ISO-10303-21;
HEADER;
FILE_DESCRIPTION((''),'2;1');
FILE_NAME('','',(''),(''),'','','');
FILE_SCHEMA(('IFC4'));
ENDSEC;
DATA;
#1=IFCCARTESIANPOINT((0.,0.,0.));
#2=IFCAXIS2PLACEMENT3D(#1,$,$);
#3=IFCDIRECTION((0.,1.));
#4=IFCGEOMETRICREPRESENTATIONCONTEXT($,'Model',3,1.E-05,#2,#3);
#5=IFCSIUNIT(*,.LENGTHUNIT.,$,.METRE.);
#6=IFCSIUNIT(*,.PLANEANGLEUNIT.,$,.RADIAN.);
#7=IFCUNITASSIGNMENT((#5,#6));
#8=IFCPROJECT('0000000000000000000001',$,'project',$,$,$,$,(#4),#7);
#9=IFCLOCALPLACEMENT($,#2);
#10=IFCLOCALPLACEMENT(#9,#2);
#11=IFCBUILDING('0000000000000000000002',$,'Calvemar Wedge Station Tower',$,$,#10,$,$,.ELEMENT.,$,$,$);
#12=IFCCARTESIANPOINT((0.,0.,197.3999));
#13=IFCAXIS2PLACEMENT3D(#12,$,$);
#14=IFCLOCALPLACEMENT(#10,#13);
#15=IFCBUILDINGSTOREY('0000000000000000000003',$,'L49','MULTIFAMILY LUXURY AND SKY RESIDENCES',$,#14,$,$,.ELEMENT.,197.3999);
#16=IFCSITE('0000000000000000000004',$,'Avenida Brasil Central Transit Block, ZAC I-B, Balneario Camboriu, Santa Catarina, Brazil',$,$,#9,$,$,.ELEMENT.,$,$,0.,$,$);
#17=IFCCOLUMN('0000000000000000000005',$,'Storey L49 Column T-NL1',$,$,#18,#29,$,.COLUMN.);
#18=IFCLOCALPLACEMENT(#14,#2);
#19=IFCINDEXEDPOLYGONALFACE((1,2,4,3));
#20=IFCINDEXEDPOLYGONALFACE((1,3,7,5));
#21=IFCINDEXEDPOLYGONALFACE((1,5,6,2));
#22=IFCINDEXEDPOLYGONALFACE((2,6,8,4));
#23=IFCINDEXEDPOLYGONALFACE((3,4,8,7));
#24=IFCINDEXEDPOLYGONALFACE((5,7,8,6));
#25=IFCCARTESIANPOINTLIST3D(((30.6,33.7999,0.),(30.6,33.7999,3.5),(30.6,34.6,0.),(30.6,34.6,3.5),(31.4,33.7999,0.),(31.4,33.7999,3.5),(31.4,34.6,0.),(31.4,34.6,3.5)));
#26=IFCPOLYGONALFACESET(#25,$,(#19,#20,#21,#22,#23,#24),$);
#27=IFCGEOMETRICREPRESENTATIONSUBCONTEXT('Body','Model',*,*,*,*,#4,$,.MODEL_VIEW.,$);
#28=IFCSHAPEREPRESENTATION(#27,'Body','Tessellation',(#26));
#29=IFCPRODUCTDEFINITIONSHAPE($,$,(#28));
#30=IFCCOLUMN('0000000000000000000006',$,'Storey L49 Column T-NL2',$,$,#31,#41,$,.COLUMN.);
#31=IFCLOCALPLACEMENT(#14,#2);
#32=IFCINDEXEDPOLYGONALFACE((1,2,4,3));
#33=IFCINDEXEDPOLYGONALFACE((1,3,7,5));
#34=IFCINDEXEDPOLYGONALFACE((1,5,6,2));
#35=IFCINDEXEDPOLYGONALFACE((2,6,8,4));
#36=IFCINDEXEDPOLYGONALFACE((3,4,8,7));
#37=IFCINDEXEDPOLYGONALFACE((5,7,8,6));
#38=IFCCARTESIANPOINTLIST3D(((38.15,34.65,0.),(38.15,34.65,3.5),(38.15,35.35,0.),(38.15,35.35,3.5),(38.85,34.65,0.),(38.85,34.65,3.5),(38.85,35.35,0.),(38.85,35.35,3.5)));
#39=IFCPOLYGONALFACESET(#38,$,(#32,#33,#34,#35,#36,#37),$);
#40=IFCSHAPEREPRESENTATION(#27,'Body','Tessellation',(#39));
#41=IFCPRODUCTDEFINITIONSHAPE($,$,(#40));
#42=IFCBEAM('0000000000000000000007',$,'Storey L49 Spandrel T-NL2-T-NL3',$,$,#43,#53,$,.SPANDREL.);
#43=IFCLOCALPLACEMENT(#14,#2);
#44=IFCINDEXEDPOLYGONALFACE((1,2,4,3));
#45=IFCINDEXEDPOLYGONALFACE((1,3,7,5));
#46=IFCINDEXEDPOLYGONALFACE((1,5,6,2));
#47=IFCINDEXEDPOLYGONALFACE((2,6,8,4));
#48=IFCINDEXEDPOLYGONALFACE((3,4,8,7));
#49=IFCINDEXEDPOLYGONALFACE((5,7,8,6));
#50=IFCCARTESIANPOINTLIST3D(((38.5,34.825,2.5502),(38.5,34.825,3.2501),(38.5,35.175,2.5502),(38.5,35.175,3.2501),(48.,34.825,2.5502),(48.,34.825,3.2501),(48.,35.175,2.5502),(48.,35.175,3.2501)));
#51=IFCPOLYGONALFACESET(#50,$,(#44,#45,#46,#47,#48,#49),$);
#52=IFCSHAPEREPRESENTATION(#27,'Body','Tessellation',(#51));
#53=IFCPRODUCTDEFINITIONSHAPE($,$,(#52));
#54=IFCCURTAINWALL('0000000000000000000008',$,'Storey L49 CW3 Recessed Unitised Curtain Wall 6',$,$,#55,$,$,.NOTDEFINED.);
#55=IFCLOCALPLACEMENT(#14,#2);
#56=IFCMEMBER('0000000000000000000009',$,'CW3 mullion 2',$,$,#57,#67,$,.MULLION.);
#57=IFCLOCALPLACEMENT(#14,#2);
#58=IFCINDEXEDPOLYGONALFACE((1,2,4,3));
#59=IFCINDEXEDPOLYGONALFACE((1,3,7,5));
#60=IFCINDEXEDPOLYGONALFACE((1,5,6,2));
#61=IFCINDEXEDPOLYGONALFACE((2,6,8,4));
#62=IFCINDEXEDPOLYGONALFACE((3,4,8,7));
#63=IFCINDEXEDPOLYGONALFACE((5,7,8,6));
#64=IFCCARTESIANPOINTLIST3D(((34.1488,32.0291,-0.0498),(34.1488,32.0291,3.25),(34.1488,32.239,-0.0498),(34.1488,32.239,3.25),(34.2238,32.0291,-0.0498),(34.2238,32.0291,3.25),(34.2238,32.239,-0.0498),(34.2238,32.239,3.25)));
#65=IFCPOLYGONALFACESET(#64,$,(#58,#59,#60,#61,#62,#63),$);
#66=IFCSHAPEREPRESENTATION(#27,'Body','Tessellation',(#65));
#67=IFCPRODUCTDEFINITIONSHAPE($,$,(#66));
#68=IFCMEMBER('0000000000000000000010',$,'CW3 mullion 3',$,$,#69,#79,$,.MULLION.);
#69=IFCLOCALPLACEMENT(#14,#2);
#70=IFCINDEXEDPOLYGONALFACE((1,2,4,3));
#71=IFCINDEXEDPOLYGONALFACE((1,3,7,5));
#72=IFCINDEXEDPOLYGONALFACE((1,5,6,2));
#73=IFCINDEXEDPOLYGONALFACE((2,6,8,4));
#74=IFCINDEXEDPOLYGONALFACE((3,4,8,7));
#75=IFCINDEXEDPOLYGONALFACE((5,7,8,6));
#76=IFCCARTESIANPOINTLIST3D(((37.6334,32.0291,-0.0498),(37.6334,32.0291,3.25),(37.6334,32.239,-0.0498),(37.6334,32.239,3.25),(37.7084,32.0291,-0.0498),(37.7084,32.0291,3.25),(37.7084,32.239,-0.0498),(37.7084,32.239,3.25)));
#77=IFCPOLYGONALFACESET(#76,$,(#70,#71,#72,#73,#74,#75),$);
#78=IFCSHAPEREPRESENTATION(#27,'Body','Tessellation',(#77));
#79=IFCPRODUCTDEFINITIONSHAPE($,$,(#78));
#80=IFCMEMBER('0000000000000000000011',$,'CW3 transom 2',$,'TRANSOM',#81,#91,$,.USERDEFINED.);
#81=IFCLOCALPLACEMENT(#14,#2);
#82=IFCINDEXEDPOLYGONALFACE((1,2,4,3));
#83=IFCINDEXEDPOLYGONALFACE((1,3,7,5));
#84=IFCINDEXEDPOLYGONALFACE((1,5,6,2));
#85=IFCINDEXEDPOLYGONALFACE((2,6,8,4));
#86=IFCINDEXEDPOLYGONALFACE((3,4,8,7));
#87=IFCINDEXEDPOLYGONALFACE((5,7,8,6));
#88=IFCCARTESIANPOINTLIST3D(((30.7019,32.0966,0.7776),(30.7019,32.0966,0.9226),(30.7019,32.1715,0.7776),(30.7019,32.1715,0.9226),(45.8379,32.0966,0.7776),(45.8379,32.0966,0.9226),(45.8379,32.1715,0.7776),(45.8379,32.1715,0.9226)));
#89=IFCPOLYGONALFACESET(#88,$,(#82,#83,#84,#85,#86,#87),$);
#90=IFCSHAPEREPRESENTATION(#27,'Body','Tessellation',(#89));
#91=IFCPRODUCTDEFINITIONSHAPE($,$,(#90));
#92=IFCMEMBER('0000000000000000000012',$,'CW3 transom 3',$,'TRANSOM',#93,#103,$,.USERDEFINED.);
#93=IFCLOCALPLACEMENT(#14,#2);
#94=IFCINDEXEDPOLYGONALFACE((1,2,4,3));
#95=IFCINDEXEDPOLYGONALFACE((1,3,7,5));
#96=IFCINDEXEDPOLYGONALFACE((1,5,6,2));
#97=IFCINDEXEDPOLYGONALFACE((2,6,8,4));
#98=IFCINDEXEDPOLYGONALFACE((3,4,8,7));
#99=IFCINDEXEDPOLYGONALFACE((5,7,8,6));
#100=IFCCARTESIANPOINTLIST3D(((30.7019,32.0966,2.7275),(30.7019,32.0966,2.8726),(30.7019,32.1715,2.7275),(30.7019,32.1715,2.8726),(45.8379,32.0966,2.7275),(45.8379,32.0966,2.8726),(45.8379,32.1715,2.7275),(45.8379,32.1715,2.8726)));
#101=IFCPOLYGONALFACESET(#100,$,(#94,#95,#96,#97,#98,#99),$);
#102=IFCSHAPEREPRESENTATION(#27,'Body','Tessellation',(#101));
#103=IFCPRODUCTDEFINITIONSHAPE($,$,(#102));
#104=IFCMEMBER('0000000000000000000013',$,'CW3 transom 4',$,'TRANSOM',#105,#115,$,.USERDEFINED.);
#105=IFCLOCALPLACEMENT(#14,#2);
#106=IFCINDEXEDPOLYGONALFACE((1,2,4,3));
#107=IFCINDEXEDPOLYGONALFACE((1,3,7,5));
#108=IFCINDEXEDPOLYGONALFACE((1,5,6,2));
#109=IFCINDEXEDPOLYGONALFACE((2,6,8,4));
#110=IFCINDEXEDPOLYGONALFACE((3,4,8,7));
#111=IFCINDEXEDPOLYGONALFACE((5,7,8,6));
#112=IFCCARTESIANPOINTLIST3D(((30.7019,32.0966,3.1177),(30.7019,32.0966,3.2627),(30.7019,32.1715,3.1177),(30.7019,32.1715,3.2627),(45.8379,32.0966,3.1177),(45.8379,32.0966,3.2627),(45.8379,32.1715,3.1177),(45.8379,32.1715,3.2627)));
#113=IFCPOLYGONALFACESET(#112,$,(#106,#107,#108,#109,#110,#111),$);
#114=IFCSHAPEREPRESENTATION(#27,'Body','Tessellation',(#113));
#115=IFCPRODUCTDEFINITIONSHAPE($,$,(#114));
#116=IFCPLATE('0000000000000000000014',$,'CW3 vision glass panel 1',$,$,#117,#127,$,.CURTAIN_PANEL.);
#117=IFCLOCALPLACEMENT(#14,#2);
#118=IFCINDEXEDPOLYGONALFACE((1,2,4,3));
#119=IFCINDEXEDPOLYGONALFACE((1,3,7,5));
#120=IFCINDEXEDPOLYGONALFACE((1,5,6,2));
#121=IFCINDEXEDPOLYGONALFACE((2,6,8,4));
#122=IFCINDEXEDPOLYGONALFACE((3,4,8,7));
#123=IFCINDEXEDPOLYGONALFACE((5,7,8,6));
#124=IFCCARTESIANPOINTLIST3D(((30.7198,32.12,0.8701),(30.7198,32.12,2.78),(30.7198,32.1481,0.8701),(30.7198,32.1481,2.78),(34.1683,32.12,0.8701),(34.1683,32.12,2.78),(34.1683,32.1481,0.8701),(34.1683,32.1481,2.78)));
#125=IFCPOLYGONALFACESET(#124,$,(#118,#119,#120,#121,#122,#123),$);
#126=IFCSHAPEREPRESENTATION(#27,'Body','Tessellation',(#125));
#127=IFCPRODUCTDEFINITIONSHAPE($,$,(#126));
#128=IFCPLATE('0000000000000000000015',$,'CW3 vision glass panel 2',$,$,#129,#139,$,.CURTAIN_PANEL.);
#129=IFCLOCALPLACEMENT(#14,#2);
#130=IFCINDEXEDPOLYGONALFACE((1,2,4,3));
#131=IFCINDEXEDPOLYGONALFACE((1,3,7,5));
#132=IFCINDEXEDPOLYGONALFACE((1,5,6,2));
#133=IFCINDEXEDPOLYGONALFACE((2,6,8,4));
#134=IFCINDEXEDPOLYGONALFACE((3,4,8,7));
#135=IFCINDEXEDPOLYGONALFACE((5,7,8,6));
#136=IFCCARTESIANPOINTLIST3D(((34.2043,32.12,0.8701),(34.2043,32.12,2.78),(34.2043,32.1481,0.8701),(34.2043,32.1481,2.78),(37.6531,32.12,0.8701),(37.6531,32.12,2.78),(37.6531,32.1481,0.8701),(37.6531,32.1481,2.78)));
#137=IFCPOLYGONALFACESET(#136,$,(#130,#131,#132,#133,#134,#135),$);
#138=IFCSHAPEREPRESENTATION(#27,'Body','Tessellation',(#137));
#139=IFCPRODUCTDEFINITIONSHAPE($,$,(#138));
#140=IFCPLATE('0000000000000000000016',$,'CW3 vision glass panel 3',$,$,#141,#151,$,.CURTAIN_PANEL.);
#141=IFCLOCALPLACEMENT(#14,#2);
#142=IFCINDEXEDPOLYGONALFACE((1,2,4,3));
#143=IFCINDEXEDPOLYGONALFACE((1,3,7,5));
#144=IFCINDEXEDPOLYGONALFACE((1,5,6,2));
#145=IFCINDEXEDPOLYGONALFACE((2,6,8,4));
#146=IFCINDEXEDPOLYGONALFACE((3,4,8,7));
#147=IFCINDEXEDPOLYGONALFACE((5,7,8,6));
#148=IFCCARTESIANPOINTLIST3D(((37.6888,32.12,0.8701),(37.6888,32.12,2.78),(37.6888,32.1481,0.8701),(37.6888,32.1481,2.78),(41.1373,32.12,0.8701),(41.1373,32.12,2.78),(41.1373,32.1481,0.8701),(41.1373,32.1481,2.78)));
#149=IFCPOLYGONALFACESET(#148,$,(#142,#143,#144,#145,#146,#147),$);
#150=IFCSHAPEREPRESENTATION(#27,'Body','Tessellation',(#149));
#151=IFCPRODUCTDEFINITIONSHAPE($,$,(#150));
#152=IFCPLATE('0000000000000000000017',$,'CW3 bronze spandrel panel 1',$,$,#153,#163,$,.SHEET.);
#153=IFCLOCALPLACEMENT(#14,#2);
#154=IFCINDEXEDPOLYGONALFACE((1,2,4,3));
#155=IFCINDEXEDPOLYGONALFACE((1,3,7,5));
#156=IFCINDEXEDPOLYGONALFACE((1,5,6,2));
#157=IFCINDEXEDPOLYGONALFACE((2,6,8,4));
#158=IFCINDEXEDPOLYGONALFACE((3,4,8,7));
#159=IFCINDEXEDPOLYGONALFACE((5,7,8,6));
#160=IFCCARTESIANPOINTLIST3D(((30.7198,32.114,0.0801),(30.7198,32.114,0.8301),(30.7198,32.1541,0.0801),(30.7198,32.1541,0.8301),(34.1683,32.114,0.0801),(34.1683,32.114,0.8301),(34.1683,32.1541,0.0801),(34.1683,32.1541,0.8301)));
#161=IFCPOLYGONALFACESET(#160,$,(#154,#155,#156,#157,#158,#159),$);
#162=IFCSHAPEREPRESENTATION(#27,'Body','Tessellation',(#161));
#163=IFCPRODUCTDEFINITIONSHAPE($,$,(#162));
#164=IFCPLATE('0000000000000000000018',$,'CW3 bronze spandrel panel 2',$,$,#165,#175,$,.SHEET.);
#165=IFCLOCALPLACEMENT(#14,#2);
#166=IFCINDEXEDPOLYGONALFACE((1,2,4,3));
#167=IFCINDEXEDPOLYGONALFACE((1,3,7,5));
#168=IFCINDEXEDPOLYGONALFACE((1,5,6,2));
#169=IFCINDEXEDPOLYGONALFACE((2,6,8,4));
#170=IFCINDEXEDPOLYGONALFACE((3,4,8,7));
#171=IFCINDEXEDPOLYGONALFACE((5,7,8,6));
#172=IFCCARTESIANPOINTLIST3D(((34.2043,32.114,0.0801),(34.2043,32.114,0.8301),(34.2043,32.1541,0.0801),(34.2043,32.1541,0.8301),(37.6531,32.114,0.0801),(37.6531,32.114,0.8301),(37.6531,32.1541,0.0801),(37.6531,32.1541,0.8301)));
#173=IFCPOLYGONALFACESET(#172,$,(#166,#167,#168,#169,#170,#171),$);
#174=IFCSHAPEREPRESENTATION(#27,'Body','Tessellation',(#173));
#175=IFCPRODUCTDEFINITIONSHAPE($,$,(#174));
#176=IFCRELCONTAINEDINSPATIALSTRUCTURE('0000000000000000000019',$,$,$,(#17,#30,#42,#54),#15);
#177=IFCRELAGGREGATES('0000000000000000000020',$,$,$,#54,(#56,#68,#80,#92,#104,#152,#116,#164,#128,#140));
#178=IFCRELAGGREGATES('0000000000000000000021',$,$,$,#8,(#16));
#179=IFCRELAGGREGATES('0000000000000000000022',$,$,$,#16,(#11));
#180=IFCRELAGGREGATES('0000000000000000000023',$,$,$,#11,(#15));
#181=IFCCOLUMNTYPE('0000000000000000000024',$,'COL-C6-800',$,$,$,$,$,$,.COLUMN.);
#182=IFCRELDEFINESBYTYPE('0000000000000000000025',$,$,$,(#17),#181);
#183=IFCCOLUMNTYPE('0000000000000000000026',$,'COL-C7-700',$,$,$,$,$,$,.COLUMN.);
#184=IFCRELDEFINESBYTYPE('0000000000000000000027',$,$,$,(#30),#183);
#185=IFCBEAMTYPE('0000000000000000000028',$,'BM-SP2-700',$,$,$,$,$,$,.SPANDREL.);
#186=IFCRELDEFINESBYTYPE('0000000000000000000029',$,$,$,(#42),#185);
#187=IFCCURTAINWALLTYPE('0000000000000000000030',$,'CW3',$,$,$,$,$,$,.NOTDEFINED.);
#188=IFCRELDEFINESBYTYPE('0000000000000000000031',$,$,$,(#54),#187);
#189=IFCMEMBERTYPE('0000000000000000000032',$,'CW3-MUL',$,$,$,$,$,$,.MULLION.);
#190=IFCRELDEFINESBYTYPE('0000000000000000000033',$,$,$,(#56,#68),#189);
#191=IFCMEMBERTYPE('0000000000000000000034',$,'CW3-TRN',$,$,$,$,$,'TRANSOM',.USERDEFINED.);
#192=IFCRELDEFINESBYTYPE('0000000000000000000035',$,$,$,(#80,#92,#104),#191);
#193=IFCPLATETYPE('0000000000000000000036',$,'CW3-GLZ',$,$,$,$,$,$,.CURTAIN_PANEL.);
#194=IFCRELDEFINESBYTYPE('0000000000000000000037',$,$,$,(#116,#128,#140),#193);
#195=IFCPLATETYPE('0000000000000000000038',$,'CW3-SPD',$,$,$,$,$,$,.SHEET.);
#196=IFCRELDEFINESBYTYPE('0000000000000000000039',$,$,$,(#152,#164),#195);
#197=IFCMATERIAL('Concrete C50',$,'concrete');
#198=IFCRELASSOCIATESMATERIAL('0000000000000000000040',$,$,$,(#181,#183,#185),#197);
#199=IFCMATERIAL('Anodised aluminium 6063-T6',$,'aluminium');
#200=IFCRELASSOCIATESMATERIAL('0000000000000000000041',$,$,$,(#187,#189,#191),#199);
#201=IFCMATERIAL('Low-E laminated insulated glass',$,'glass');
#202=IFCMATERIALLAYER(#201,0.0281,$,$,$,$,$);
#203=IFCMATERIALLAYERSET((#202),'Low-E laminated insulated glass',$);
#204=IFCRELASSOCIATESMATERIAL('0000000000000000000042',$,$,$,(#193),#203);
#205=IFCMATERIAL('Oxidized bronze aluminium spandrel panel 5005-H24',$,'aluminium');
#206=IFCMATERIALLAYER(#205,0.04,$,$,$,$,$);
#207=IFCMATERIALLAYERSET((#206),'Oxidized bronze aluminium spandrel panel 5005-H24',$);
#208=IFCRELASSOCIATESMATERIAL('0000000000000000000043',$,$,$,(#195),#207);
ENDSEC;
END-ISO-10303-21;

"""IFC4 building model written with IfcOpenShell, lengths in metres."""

from ifc_helpers import new_model, si_unit, direction, frame, frame_2d, origin, origin_2d, place, context, subcontext, project, spatial, rectangle, extrude, source, transform, mapped, material, layer, layer_set, material_profile, profile_set, type_object, element, aggregate, save


model = new_model("IFC4")

# Units and contexts
model_context = context("Model", 3, precision=1e-05, world=origin(), true_north=direction((0.0, 1.0)))
body_context = subcontext(model_context, "Body", "Model", "MODEL_VIEW")
ifc_project = project(units=[si_unit("LENGTHUNIT", "METRE"), si_unit("PLANEANGLEUNIT", "RADIAN")], contexts=[model_context])

# Site, building, storey
site_placement = place(None, origin())
site = spatial("IfcSite", under=ifc_project, at=site_placement, Name="Avenida Brasil Central Transit Block, ZAC I-B, Balneario Camboriu, Santa Catarina, Brazil", CompositionType="ELEMENT", RefElevation=0.0)
building_placement = place(site_placement, origin())
building = spatial("IfcBuilding", under=site, at=building_placement, Name="Calvemar Wedge Station Tower", CompositionType="ELEMENT")
storey_placement = place(building_placement, frame((0.0, 0.0, 197.3999)))
storey = spatial("IfcBuildingStorey", under=building, at=storey_placement, Name="L49", Description="MULTIFAMILY LUXURY AND SKY RESIDENCES", CompositionType="ELEMENT", Elevation=197.3999)

# Columns
ifc_material_1 = material(Name="Concrete C50", Category="concrete")
ifc_material_profile_1 = material_profile(ifc_material_1, rectangle(XDim=0.8, YDim=0.8, at=origin_2d()), Name="RC800x800")
ifc_profile_set_1 = profile_set([ifc_material_profile_1], Name="Concrete C50")
column_type_1 = type_object("IfcColumnType", Name="COL-C6-800", PredefinedType="COLUMN", material=ifc_profile_set_1)
shared_shape_1 = source(origin(), body_context, "Body", "SweptSolid", [
    extrude(rectangle(XDim=0.8, YDim=0.8, at=origin_2d()), origin(), (0.0, 0.0, 1.0), 3.5),
])
column_1_placement = place(storey_placement, frame((31.0, 34.2, 0.0), z_axis=(0.0, 0.0, 1.0), x_axis=(1.0, 0.0, 0.0)))
element("IfcColumn", 1, at=column_1_placement, inside=storey, type_object=column_type_1, Name="Storey L49 Column T-NL1", PredefinedType="COLUMN", context=body_context, shape_type="MappedRepresentation", body=[
    mapped(shared_shape_1, transform((0.0, 0.0, 0.0), scale=1.0)),
])
ifc_material_profile_2 = material_profile(ifc_material_1, rectangle(XDim=0.7, YDim=0.7, at=origin_2d()), Name="RC700x700")
ifc_profile_set_2 = profile_set([ifc_material_profile_2], Name="Concrete C50")
column_type_2 = type_object("IfcColumnType", Name="COL-C7-700", PredefinedType="COLUMN", material=ifc_profile_set_2)
shared_shape_2 = source(origin(), body_context, "Body", "SweptSolid", [
    extrude(rectangle(XDim=0.7, YDim=0.7, at=origin_2d()), origin(), (0.0, 0.0, 1.0), 3.5),
])
column_2_placement = place(storey_placement, frame((38.5, 35.0, 0.0), z_axis=(0.0, 0.0, 1.0), x_axis=(1.0, 0.0, 0.0)))
element("IfcColumn", 2, at=column_2_placement, inside=storey, type_object=column_type_2, Name="Storey L49 Column T-NL2", PredefinedType="COLUMN", context=body_context, shape_type="MappedRepresentation", body=[
    mapped(shared_shape_2, transform((0.0, 0.0, 0.0), scale=1.0)),
])

# Beam
ifc_material_profile_3 = material_profile(ifc_material_1, rectangle(XDim=0.3501, YDim=0.7, at=origin_2d()), Name="RC350x700")
ifc_profile_set_3 = profile_set([ifc_material_profile_3], Name="Concrete C50")
beam_type = type_object("IfcBeamType", Name="BM-SP2-700", PredefinedType="SPANDREL", material=ifc_profile_set_3)
shared_shape_3 = source(origin(), body_context, "Body", "SweptSolid", [
    extrude(rectangle(XDim=0.3501, YDim=0.7, at=origin_2d()), origin(), (0.0, 0.0, 1.0), 9.5),
])
beam_placement = place(storey_placement, frame((38.5, 35.0, 2.9001), z_axis=(1.0, 0.0, 0.0), x_axis=(0.0, 1.0, 0.0)))
element("IfcBeam", 3, at=beam_placement, inside=storey, type_object=beam_type, Name="Storey L49 Spandrel T-NL2-T-NL3", PredefinedType="SPANDREL", context=body_context, shape_type="MappedRepresentation", body=[
    mapped(shared_shape_3, transform((0.0, 0.0, 0.0), scale=1.0)),
])

# Curtain wall, members, plates
ifc_material_2 = material(Name="Anodised aluminium 6063-T6", Category="aluminium")
curtain_wall_type = type_object("IfcCurtainWallType", Name="CW3", PredefinedType="NOTDEFINED", material=ifc_material_2)
curtain_wall_placement = place(storey_placement, origin())
curtain_wall = element("IfcCurtainWall", 4, at=curtain_wall_placement, inside=storey, type_object=curtain_wall_type, Name="Storey L49 CW3 Recessed Unitised Curtain Wall 6", PredefinedType="NOTDEFINED")
ifc_material_profile_4 = material_profile(ifc_material_2, rectangle(XDim=0.075, YDim=0.21, at=origin_2d()), Name="AL-MUL-75x210")
ifc_profile_set_4 = profile_set([ifc_material_profile_4], Name="Anodised aluminium 6063-T6")
member_type_1 = type_object("IfcMemberType", Name="CW3-MUL", PredefinedType="MULLION", material=ifc_profile_set_4)
shared_shape_4 = source(origin(), body_context, "Body", "SweptSolid", [
    extrude(rectangle(XDim=0.075, YDim=0.21, at=origin_2d()), origin(), (0.0, 0.0, 1.0), 3.2998),
])
member_1_placement = place(storey_placement, frame((34.1863, 32.134, -0.0498), z_axis=(0.0, 0.0, 1.0), x_axis=(1.0, 0.0, 0.0)))
member_1 = element("IfcMember", 5, at=member_1_placement, type_object=member_type_1, Name="CW3 mullion 2", PredefinedType="MULLION", context=body_context, shape_type="MappedRepresentation", body=[
    mapped(shared_shape_4, transform((0.0, 0.0, 0.0), scale=1.0)),
])
member_2_placement = place(storey_placement, frame((37.6709, 32.134, -0.0498), z_axis=(0.0, 0.0, 1.0), x_axis=(1.0, 0.0, 0.0)))
member_2 = element("IfcMember", 6, at=member_2_placement, type_object=member_type_1, Name="CW3 mullion 3", PredefinedType="MULLION", context=body_context, shape_type="MappedRepresentation", body=[
    mapped(shared_shape_4, transform((0.0, 0.0, 0.0), scale=1.0)),
])
ifc_material_profile_5 = material_profile(ifc_material_2, rectangle(XDim=0.075, YDim=0.145, at=origin_2d()), Name="AL-TRN-75x145")
ifc_profile_set_5 = profile_set([ifc_material_profile_5], Name="Anodised aluminium 6063-T6")
member_type_2 = type_object("IfcMemberType", Name="CW3-TRN", ElementType="TRANSOM", PredefinedType="USERDEFINED", material=ifc_profile_set_5)
shared_shape_5 = source(origin(), body_context, "Body", "SweptSolid", [
    extrude(rectangle(XDim=0.075, YDim=0.145, at=origin_2d()), origin(), (0.0, 0.0, 1.0), 15.136),
])
member_3_placement = place(storey_placement, frame((30.7019, 32.134, 0.8501), z_axis=(1.0, 0.0, 0.0), x_axis=(0.0, 1.0, 0.0)))
member_3 = element("IfcMember", 7, at=member_3_placement, type_object=member_type_2, Name="CW3 transom 2", ObjectType="TRANSOM", PredefinedType="USERDEFINED", context=body_context, shape_type="MappedRepresentation", body=[
    mapped(shared_shape_5, transform((0.0, 0.0, 0.0), scale=1.0)),
])
member_4_placement = place(storey_placement, frame((30.7019, 32.134, 2.8), z_axis=(1.0, 0.0, 0.0), x_axis=(0.0, 1.0, 0.0)))
member_4 = element("IfcMember", 8, at=member_4_placement, type_object=member_type_2, Name="CW3 transom 3", ObjectType="TRANSOM", PredefinedType="USERDEFINED", context=body_context, shape_type="MappedRepresentation", body=[
    mapped(shared_shape_5, transform((0.0, 0.0, 0.0), scale=1.0)),
])
member_5_placement = place(storey_placement, frame((30.7019, 32.134, 3.1902), z_axis=(1.0, 0.0, 0.0), x_axis=(0.0, 1.0, 0.0)))
member_5 = element("IfcMember", 9, at=member_5_placement, type_object=member_type_2, Name="CW3 transom 4", ObjectType="TRANSOM", PredefinedType="USERDEFINED", context=body_context, shape_type="MappedRepresentation", body=[
    mapped(shared_shape_5, transform((0.0, 0.0, 0.0), scale=1.0)),
])
ifc_material_3 = material(Name="Low-E laminated insulated glass", Category="glass")
ifc_layer_1 = layer(ifc_material_3, 0.0281)
ifc_layer_set_1 = layer_set([ifc_layer_1], Name="Low-E laminated insulated glass")
plate_type_1 = type_object("IfcPlateType", Name="CW3-GLZ", PredefinedType="CURTAIN_PANEL", material=ifc_layer_set_1)
plate_1_placement = place(storey_placement, frame((30.72, 32.134, 0.8701), z_axis=(0.0, 0.0, 1.0), x_axis=(1.0, 0.0, 0.0)))
plate_1 = element("IfcPlate", 10, at=plate_1_placement, type_object=plate_type_1, Name="CW3 vision glass panel 1", PredefinedType="CURTAIN_PANEL", context=body_context, shape_type="SweptSolid", body=[
    extrude(rectangle(XDim=3.4485, YDim=0.0281, at=frame_2d((1.7241, 0.0))), origin(), (0.0, 0.0, 1.0), 1.9099),
])
plate_2_placement = place(storey_placement, frame((34.2043, 32.134, 0.8701), z_axis=(0.0, 0.0, 1.0), x_axis=(1.0, 0.0, 0.0)))
plate_2 = element("IfcPlate", 11, at=plate_2_placement, type_object=plate_type_1, Name="CW3 vision glass panel 2", PredefinedType="CURTAIN_PANEL", context=body_context, shape_type="SweptSolid", body=[
    extrude(rectangle(XDim=3.4487, YDim=0.0281, at=frame_2d((1.7244, 0.0))), origin(), (0.0, 0.0, 1.0), 1.9099),
])
plate_3_placement = place(storey_placement, frame((37.689, 32.134, 0.8701), z_axis=(0.0, 0.0, 1.0), x_axis=(1.0, 0.0, 0.0)))
plate_3 = element("IfcPlate", 12, at=plate_3_placement, type_object=plate_type_1, Name="CW3 vision glass panel 3", PredefinedType="CURTAIN_PANEL", context=body_context, shape_type="SweptSolid", body=[
    extrude(rectangle(XDim=3.4485, YDim=0.0281, at=frame_2d((1.7241, 0.0))), origin(), (0.0, 0.0, 1.0), 1.9099),
])
ifc_material_4 = material(Name="Oxidized bronze aluminium spandrel panel 5005-H24", Category="aluminium")
ifc_layer_2 = layer(ifc_material_4, 0.04)
ifc_layer_set_2 = layer_set([ifc_layer_2], Name="Oxidized bronze aluminium spandrel panel 5005-H24")
plate_type_2 = type_object("IfcPlateType", Name="CW3-SPD", PredefinedType="SHEET", material=ifc_layer_set_2)
plate_4_placement = place(storey_placement, frame((30.72, 32.134, 0.0801), z_axis=(0.0, 0.0, 1.0), x_axis=(1.0, 0.0, 0.0)))
plate_4 = element("IfcPlate", 13, at=plate_4_placement, type_object=plate_type_2, Name="CW3 bronze spandrel panel 1", PredefinedType="SHEET", context=body_context, shape_type="SweptSolid", body=[
    extrude(rectangle(XDim=3.4485, YDim=0.04, at=frame_2d((1.7241, 0.0))), origin(), (0.0, 0.0, 1.0), 0.75),
])
plate_5_placement = place(storey_placement, frame((34.2043, 32.134, 0.0801), z_axis=(0.0, 0.0, 1.0), x_axis=(1.0, 0.0, 0.0)))
plate_5 = element("IfcPlate", 14, at=plate_5_placement, type_object=plate_type_2, Name="CW3 bronze spandrel panel 2", PredefinedType="SHEET", context=body_context, shape_type="SweptSolid", body=[
    extrude(rectangle(XDim=3.4487, YDim=0.04, at=frame_2d((1.7244, 0.0))), origin(), (0.0, 0.0, 1.0), 0.75),
])
aggregate(curtain_wall, [member_1, member_2, member_3, member_4, member_5, plate_4, plate_1, plate_5, plate_2, plate_3])

save(model, "model.ifc")
